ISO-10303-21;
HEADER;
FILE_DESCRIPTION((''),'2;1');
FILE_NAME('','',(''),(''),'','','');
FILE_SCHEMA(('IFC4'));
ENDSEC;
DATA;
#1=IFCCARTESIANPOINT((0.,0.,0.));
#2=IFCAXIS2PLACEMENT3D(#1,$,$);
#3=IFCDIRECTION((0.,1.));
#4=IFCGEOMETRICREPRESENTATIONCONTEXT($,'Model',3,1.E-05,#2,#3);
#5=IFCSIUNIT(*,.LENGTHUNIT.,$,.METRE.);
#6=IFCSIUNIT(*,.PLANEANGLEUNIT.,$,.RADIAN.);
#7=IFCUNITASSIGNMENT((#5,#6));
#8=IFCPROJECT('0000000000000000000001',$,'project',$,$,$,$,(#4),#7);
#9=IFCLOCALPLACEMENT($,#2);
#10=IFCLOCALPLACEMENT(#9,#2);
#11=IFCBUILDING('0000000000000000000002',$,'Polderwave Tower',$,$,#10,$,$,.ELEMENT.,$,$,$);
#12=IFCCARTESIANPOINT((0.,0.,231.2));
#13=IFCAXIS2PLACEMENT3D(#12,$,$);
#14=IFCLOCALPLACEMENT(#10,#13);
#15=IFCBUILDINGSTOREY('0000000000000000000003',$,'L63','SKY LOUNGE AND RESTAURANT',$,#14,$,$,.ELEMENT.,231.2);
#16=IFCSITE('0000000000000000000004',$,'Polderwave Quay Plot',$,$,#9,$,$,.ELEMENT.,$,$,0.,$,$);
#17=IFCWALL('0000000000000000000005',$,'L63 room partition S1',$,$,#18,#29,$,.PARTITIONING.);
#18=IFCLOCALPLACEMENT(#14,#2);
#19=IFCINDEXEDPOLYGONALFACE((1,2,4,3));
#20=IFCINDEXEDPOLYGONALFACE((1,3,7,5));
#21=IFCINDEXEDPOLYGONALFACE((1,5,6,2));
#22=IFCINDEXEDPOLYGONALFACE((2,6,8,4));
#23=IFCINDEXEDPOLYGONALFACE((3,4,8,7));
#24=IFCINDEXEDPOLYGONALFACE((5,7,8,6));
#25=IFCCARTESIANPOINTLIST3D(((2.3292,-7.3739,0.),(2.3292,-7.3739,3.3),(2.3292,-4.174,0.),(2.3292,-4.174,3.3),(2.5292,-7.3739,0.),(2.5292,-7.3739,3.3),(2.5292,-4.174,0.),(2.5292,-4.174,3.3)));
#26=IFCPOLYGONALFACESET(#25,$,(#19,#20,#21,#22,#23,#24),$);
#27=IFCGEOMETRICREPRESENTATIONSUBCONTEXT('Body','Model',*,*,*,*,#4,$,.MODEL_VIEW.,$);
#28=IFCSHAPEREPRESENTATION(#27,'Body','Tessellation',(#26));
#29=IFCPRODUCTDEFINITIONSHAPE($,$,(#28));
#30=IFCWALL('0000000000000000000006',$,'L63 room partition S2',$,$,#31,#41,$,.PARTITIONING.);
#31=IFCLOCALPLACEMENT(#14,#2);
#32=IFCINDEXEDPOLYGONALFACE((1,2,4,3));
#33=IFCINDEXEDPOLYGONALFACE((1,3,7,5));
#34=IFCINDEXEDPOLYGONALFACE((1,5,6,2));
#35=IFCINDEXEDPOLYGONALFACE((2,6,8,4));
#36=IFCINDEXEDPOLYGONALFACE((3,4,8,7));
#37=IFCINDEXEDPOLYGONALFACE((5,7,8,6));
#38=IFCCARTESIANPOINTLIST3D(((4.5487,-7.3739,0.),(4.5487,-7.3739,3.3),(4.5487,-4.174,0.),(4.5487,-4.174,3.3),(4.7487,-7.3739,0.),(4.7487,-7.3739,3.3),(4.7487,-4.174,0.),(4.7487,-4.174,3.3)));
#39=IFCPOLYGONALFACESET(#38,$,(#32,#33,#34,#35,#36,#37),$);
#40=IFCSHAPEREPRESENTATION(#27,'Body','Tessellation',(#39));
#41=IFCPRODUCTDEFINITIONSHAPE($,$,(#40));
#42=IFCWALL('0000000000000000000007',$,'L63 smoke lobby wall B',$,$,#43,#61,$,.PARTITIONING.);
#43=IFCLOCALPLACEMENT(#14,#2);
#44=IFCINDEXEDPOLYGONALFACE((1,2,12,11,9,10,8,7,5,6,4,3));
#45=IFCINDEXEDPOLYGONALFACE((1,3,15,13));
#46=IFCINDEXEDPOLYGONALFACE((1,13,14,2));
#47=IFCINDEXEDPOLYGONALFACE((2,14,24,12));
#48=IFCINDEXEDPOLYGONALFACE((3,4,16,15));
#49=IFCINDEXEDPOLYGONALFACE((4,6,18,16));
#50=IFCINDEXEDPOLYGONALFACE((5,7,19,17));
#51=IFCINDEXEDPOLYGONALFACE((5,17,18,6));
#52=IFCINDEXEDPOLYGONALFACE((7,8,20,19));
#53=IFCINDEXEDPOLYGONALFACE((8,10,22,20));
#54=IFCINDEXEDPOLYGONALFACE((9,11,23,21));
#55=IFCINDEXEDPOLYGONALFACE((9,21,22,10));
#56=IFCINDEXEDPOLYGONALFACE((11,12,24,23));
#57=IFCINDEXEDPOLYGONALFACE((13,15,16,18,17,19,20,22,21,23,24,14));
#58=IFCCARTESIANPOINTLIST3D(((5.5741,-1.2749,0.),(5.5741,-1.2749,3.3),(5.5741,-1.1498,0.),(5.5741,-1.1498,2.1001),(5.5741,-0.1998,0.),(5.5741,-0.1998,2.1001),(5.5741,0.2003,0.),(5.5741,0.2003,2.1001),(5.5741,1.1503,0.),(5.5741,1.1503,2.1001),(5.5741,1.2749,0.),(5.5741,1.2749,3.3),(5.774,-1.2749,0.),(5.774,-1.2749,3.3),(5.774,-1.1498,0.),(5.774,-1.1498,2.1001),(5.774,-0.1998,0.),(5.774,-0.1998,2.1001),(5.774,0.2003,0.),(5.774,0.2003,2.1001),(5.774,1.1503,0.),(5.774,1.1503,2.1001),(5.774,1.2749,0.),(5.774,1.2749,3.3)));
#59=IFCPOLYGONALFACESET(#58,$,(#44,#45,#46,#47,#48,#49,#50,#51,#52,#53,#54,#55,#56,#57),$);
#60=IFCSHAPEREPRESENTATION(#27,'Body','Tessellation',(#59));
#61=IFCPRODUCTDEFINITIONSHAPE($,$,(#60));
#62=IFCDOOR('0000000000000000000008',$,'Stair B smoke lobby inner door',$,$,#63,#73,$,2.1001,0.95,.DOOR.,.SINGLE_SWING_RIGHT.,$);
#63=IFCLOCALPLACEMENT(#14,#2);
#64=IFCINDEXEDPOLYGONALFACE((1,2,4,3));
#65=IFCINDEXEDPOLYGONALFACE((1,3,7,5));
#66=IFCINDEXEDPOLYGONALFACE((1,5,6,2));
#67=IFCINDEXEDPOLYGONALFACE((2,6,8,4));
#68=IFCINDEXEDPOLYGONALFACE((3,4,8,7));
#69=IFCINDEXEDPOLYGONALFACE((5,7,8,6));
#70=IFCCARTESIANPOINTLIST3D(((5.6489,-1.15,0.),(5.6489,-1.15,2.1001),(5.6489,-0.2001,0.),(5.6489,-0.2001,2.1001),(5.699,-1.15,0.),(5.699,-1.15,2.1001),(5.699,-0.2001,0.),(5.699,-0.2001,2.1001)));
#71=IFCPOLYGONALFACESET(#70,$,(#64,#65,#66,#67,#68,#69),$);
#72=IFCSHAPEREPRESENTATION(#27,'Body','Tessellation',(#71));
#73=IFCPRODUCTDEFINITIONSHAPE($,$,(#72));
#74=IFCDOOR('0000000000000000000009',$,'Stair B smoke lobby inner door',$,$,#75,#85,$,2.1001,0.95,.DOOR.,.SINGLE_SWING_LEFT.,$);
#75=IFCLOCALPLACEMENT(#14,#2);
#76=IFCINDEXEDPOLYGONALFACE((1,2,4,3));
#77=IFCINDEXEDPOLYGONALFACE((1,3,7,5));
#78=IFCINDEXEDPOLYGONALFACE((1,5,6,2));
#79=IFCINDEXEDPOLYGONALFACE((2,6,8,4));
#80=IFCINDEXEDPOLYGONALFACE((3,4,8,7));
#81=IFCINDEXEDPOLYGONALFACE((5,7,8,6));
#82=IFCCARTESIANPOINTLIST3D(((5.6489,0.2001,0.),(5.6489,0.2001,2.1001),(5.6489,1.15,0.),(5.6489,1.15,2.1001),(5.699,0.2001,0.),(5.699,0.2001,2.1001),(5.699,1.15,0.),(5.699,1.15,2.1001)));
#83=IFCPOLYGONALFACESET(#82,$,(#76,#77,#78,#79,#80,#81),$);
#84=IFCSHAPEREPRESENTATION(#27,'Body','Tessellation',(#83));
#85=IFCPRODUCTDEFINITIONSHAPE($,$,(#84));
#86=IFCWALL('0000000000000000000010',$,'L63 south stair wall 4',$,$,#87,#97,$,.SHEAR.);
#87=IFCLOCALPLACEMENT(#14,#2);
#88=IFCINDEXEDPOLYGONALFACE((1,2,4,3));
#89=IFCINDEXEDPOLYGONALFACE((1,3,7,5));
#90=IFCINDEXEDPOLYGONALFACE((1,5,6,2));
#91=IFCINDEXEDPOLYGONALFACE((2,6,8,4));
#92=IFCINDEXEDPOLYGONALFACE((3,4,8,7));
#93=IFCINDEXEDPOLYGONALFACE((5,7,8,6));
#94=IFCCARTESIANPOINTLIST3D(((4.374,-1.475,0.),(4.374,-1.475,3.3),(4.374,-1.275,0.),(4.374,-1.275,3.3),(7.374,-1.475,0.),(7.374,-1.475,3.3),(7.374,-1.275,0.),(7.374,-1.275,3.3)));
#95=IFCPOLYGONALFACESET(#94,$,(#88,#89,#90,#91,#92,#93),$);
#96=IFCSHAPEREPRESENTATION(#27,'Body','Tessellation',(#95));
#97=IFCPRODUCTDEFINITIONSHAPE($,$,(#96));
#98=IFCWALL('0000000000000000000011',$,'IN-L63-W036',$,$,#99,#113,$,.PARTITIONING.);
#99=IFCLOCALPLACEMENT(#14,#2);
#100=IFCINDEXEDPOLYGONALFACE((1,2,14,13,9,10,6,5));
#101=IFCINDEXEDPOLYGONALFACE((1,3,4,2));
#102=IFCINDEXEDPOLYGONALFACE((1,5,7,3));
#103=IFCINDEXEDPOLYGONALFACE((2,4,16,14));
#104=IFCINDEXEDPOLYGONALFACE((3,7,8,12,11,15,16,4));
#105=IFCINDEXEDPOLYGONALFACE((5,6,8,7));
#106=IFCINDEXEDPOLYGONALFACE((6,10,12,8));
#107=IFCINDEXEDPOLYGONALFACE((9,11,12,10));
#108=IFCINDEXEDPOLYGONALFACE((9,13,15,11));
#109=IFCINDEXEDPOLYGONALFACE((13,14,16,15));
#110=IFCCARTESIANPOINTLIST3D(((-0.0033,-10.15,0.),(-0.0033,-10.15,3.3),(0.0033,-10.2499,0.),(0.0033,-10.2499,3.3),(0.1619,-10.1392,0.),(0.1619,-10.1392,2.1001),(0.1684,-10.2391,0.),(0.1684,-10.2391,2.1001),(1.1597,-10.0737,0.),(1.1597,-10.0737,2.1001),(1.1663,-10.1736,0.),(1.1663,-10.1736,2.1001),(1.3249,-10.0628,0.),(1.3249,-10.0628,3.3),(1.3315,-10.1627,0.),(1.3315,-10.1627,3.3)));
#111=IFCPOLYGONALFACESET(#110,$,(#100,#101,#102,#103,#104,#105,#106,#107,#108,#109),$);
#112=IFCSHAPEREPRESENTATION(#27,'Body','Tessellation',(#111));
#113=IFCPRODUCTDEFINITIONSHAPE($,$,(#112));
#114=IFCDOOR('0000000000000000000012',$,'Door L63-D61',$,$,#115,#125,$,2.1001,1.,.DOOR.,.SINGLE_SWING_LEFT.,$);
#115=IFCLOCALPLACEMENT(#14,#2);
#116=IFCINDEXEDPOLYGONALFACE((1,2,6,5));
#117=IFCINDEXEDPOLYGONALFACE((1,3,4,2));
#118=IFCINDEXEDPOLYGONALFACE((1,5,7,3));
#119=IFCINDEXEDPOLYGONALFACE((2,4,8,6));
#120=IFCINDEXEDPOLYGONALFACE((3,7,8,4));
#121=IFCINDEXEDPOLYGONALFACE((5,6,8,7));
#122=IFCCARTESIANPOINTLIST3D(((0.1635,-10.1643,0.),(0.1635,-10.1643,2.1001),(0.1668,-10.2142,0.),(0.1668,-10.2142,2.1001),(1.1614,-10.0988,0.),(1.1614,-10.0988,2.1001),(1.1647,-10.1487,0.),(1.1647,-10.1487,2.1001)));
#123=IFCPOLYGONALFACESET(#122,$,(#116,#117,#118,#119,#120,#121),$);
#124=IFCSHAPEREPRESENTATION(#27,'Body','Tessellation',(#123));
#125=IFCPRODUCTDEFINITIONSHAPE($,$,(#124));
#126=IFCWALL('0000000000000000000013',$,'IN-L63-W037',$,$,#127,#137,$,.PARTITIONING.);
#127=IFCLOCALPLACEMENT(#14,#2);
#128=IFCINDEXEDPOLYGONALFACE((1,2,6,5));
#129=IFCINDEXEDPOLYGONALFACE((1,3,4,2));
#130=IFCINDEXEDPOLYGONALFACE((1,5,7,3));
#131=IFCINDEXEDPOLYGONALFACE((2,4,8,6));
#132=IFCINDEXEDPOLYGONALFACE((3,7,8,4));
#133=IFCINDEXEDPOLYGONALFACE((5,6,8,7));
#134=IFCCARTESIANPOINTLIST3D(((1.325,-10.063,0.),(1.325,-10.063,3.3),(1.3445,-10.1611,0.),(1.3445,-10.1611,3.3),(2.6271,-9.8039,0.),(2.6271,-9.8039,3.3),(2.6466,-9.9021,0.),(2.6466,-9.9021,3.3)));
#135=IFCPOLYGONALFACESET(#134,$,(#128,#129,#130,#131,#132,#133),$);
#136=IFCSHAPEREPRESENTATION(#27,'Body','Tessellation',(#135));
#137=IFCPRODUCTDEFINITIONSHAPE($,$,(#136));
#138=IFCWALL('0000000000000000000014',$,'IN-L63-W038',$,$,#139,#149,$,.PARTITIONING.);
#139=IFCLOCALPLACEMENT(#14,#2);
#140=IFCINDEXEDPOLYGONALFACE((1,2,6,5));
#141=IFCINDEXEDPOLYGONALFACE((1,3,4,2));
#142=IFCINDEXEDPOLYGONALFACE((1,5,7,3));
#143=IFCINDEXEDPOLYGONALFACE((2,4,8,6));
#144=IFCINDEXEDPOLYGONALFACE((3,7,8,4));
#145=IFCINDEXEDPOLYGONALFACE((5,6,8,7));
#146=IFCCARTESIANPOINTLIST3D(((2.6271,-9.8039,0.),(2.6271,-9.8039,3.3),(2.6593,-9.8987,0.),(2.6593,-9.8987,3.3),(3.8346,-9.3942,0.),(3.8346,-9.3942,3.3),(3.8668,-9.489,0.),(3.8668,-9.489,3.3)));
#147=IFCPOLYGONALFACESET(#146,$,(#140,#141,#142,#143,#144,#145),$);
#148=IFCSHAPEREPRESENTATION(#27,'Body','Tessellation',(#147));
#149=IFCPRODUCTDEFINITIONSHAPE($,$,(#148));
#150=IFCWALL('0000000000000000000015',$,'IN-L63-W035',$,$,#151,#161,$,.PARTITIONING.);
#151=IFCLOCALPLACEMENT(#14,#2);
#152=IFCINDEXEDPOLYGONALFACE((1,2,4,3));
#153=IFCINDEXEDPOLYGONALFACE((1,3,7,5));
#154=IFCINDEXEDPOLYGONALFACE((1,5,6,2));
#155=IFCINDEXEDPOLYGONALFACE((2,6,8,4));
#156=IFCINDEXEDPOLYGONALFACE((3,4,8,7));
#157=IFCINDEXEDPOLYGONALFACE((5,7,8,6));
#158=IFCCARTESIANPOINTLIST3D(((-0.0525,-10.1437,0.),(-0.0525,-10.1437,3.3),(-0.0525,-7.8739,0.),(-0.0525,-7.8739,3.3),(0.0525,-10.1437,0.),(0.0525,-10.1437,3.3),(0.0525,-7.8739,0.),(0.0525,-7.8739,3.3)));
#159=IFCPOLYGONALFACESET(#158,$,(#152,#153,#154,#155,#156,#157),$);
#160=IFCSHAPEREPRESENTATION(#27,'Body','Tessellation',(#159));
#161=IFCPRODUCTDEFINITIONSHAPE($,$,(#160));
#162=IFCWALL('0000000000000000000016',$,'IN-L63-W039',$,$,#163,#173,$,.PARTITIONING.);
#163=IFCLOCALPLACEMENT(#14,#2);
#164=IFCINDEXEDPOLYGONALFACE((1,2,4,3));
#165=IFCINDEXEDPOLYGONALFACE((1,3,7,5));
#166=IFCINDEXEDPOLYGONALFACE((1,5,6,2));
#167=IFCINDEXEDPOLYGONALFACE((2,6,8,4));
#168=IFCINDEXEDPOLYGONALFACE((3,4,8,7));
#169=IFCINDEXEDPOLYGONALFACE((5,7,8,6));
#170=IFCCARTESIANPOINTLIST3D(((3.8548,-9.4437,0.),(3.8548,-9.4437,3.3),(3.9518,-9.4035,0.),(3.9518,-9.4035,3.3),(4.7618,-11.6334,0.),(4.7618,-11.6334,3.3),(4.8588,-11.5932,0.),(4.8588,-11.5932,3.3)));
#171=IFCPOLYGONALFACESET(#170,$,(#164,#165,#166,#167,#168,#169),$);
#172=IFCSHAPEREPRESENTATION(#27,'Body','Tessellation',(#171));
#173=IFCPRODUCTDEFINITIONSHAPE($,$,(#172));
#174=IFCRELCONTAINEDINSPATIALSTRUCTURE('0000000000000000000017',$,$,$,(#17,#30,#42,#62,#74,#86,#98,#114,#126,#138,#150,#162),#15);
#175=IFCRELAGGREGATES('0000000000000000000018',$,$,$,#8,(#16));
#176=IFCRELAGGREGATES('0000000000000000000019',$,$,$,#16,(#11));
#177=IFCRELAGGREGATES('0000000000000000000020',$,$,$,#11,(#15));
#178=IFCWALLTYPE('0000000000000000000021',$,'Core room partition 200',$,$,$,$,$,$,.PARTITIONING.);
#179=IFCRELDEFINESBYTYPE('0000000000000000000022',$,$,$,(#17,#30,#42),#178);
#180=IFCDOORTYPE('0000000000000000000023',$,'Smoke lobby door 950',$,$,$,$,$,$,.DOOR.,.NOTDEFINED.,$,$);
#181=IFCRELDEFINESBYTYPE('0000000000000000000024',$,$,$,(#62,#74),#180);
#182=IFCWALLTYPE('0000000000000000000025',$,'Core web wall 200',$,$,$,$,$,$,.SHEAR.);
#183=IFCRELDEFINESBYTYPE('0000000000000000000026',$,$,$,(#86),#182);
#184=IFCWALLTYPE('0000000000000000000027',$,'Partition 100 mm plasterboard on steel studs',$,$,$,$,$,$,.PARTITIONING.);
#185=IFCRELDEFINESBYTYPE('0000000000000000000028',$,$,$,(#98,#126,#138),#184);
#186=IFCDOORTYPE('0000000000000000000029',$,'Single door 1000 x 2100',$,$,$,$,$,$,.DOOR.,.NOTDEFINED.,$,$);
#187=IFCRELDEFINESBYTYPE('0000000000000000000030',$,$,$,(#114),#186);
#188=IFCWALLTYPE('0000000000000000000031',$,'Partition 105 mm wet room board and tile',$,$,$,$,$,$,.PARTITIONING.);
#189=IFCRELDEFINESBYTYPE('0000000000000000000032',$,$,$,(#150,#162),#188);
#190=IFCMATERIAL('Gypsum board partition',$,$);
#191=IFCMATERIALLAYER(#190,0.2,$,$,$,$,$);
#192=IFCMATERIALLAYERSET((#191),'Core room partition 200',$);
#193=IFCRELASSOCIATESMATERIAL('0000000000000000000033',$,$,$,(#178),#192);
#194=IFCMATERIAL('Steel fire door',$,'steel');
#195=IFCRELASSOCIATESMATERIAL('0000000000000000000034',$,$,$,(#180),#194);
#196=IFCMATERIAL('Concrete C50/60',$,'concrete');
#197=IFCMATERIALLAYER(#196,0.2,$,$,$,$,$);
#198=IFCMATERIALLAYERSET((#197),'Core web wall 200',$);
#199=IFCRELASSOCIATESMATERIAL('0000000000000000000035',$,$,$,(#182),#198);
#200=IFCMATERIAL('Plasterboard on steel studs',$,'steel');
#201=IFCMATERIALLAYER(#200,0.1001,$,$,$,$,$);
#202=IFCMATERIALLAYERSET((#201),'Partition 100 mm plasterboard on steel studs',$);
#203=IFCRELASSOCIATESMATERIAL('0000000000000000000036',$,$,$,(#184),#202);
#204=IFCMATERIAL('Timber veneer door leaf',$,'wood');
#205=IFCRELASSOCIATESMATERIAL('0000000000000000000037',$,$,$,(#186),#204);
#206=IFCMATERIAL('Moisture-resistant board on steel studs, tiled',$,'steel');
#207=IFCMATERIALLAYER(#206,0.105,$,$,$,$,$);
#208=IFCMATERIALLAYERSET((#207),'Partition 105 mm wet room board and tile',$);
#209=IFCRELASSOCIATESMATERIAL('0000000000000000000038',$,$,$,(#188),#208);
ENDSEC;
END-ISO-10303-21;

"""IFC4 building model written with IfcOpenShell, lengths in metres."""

from ifc_helpers import new_model, si_unit, direction, frame, frame_2d, origin, place, context, subcontext, project, spatial, rectangle, extrude, material, layer, layer_set, type_object, element, fill, save


model = new_model("IFC4")

# Units and contexts
model_context = context("Model", 3, precision=1e-05, world=origin(), true_north=direction((0.0, 1.0)))
body_context = subcontext(model_context, "Body", "Model", "MODEL_VIEW")
ifc_project = project(units=[si_unit("LENGTHUNIT", "METRE"), si_unit("PLANEANGLEUNIT", "RADIAN")], contexts=[model_context])

# Site, building, storey
site_placement = place(None, origin())
site = spatial("IfcSite", under=ifc_project, at=site_placement, Name="Polderwave Quay Plot", CompositionType="ELEMENT", RefElevation=0.0)
building_placement = place(site_placement, origin())
building = spatial("IfcBuilding", under=site, at=building_placement, Name="Polderwave Tower", CompositionType="ELEMENT")
storey_placement = place(building_placement, frame((0.0, 0.0, 231.2)))
storey = spatial("IfcBuildingStorey", under=building, at=storey_placement, Name="L63", Description="SKY LOUNGE AND RESTAURANT", CompositionType="ELEMENT", Elevation=231.2)

# Walls
ifc_material_1 = material(Name="Gypsum board partition")
ifc_layer_1 = layer(ifc_material_1, 0.2)
ifc_layer_set_1 = layer_set([ifc_layer_1], Name="Core room partition 200")
wall_type_1 = type_object("IfcWallType", Name="Core room partition 200", PredefinedType="PARTITIONING", material=ifc_layer_set_1)
for number, where, z_axis, x_axis, name in (
    (1, (2.4292, -7.374, 0.0), (0.0, 0.0, 1.0), (0.0, 1.0, 0.0), "L63 room partition S1"),
    (2, (4.6487, -7.374, 0.0), (0.0, 0.0, 1.0), (0.0, 1.0, 0.0), "L63 room partition S2"),
):
    element("IfcWall", number, at=place(storey_placement, frame(where, z_axis=z_axis, x_axis=x_axis)), inside=storey, type_object=wall_type_1, Name=name, PredefinedType="PARTITIONING", context=body_context, shape_type="SweptSolid", body=[
        extrude(rectangle(XDim=3.2, YDim=0.2, at=frame_2d((1.6001, 0.0))), origin(), (0.0, 0.0, 1.0), 3.3),
    ])

# Wall, openings, doors
wall_1_placement = place(storey_placement, frame((5.6741, -1.2749, 0.0), z_axis=(0.0, 0.0, 1.0), x_axis=(0.0, 1.0, 0.0)))
wall_1 = element("IfcWall", 3, at=wall_1_placement, inside=storey, type_object=wall_type_1, Name="L63 smoke lobby wall B", PredefinedType="PARTITIONING", context=body_context, shape_type="SweptSolid", body=[
    extrude(rectangle(XDim=2.5498, YDim=0.2, at=frame_2d((1.2749, 0.0))), origin(), (0.0, 0.0, 1.0), 3.3),
])
opening_1_placement = place(wall_1_placement, frame((0.125, 0.0, 0.0)))
opening_1 = element("IfcOpeningElement", 4, at=opening_1_placement, cuts=wall_1, PredefinedType="OPENING", context=body_context, shape_type="SweptSolid", body=[
    extrude(rectangle(XDim=0.95, YDim=2.1001, at=frame_2d((0.4751, 1.05))), frame((0.0, 0.1099, 0.0), z_axis=(0.0, -1.0, 0.0), x_axis=(1.0, 0.0, 0.0)), (0.0, 0.0, 1.0), 0.22),
])
opening_2_placement = place(wall_1_placement, frame((1.4751, 0.0, 0.0)))
opening_2 = element("IfcOpeningElement", 5, at=opening_2_placement, cuts=wall_1, PredefinedType="OPENING", context=body_context, shape_type="SweptSolid", body=[
    extrude(rectangle(XDim=0.95, YDim=2.1001, at=frame_2d((0.4751, 1.05))), frame((0.0, 0.1099, 0.0), z_axis=(0.0, -1.0, 0.0), x_axis=(1.0, 0.0, 0.0)), (0.0, 0.0, 1.0), 0.22),
])
ifc_material_2 = material(Name="Steel fire door", Category="steel")
door_type_1 = type_object("IfcDoorType", Name="Smoke lobby door 950", OperationType="NOTDEFINED", PredefinedType="DOOR", material=ifc_material_2)
door_1_placement = place(opening_1_placement, frame((0.95, 0.0, 0.0), z_axis=(0.0, 0.0, 1.0), x_axis=(-1.0, 0.0, 0.0)))
door_1 = element("IfcDoor", 6, at=door_1_placement, inside=storey, type_object=door_type_1, Name="Stair B smoke lobby inner door", OperationType="SINGLE_SWING_RIGHT", OverallHeight=2.1001, OverallWidth=0.95, PredefinedType="DOOR", context=body_context, shape_type="SweptSolid", body=[
    extrude(rectangle(XDim=0.95, YDim=2.1001, at=frame_2d((0.4751, 1.05))), frame((0.0, 0.0249, 0.0), z_axis=(0.0, -1.0, 0.0), x_axis=(1.0, 0.0, 0.0)), (0.0, 0.0, 1.0), 0.05),
])
fill(opening_1, door_1)
door_2_placement = place(opening_2_placement, frame((0.95, 0.0, 0.0), z_axis=(0.0, 0.0, 1.0), x_axis=(-1.0, 0.0, 0.0)))
door_2 = element("IfcDoor", 7, at=door_2_placement, inside=storey, type_object=door_type_1, Name="Stair B smoke lobby inner door", OperationType="SINGLE_SWING_LEFT", OverallHeight=2.1001, OverallWidth=0.95, PredefinedType="DOOR", context=body_context, shape_type="SweptSolid", body=[
    extrude(rectangle(XDim=0.95, YDim=2.1001, at=frame_2d((0.4751, 1.05))), frame((0.0, 0.0249, 0.0), z_axis=(0.0, -1.0, 0.0), x_axis=(1.0, 0.0, 0.0)), (0.0, 0.0, 1.0), 0.05),
])
fill(opening_2, door_2)

# Wall
ifc_material_3 = material(Name="Concrete C50/60", Category="concrete")
ifc_layer_2 = layer(ifc_material_3, 0.2)
ifc_layer_set_2 = layer_set([ifc_layer_2], Name="Core web wall 200")
wall_type_2 = type_object("IfcWallType", Name="Core web wall 200", PredefinedType="SHEAR", material=ifc_layer_set_2)
wall_2_placement = place(storey_placement, frame((4.374, -1.375, 0.0), z_axis=(0.0, 0.0, 1.0), x_axis=(1.0, 0.0, 0.0)))
element("IfcWall", 8, at=wall_2_placement, inside=storey, type_object=wall_type_2, Name="L63 south stair wall 4", PredefinedType="SHEAR", context=body_context, shape_type="SweptSolid", body=[
    extrude(rectangle(XDim=3.0, YDim=0.2, at=frame_2d((1.5, 0.0))), origin(), (0.0, 0.0, 1.0), 3.3),
])

# Wall, opening, door
ifc_material_4 = material(Name="Plasterboard on steel studs", Category="steel")
ifc_layer_3 = layer(ifc_material_4, 0.1001)
ifc_layer_set_3 = layer_set([ifc_layer_3], Name="Partition 100 mm plasterboard on steel studs")
wall_type_3 = type_object("IfcWallType", Name="Partition 100 mm plasterboard on steel studs", PredefinedType="PARTITIONING", material=ifc_layer_set_3)
wall_3_placement = place(storey_placement, frame((0.0, -10.2, 0.0), z_axis=(0.0, 0.0, 1.0), x_axis=(0.997854, 0.065484, 0.0)))
wall_3 = element("IfcWall", 9, at=wall_3_placement, inside=storey, type_object=wall_type_3, Name="IN-L63-W036", PredefinedType="PARTITIONING", context=body_context, shape_type="SweptSolid", body=[
    extrude(rectangle(XDim=1.3311, YDim=0.1001, at=frame_2d((0.6655, 0.0))), origin(), (0.0, 0.0, 1.0), 3.3),
])
opening_3_placement = place(wall_3_placement, frame((0.1655, 0.0, 0.0)))
opening_3 = element("IfcOpeningElement", 10, at=opening_3_placement, cuts=wall_3, PredefinedType="OPENING", context=body_context, shape_type="SweptSolid", body=[
    extrude(rectangle(XDim=1.0, YDim=2.1001, at=frame_2d((0.5, 1.05))), frame((0.0, 0.0601, 0.0), z_axis=(0.0, -1.0, 0.0), x_axis=(1.0, 0.0, 0.0)), (0.0, 0.0, 1.0), 0.1201),
])
ifc_material_5 = material(Name="Timber veneer door leaf", Category="wood")
door_type_2 = type_object("IfcDoorType", Name="Single door 1000 x 2100", OperationType="NOTDEFINED", PredefinedType="DOOR", material=ifc_material_5)
door_3_placement = place(opening_3_placement, origin())
door_3 = element("IfcDoor", 11, at=door_3_placement, inside=storey, type_object=door_type_2, Name="Door L63-D61", OperationType="SINGLE_SWING_LEFT", OverallHeight=2.1001, OverallWidth=1.0, PredefinedType="DOOR", context=body_context, shape_type="SweptSolid", body=[
    extrude(rectangle(XDim=1.0, YDim=2.1001, at=frame_2d((0.5, 1.05))), frame((0.0, 0.0249, 0.0), z_axis=(0.0, -1.0, 0.0), x_axis=(1.0, 0.0, 0.0)), (0.0, 0.0, 1.0), 0.05),
])
fill(opening_3, door_3)

# Walls
wall_4_placement = place(storey_placement, frame((1.3347, -10.1121, 0.0), z_axis=(0.0, 0.0, 1.0), x_axis=(0.980778, 0.195126, 0.0)))
element("IfcWall", 12, at=wall_4_placement, inside=storey, type_object=wall_type_3, Name="IN-L63-W037", PredefinedType="PARTITIONING", context=body_context, shape_type="SweptSolid", body=[
    extrude(rectangle(XDim=1.3276, YDim=0.1001, at=frame_2d((0.6638, 0.0))), origin(), (0.0, 0.0, 1.0), 3.3),
])
wall_5_placement = place(storey_placement, frame((2.6431, -9.8513, 0.0), z_axis=(0.0, 0.0, 1.0), x_axis=(0.946985, 0.321278, 0.0)))
element("IfcWall", 13, at=wall_5_placement, inside=storey, type_object=wall_type_3, Name="IN-L63-W038", PredefinedType="PARTITIONING", context=body_context, shape_type="SweptSolid", body=[
    extrude(rectangle(XDim=1.2751, YDim=0.1001, at=frame_2d((0.6377, 0.0))), origin(), (0.0, 0.0, 1.0), 3.3),
])
ifc_material_6 = material(Name="Moisture-resistant board on steel studs, tiled", Category="steel")
ifc_layer_4 = layer(ifc_material_6, 0.105)
ifc_layer_set_4 = layer_set([ifc_layer_4], Name="Partition 105 mm wet room board and tile")
wall_type_4 = type_object("IfcWallType", Name="Partition 105 mm wet room board and tile", PredefinedType="PARTITIONING", material=ifc_layer_set_4)
wall_6_placement = place(storey_placement, frame((0.0, -7.874, 0.0), z_axis=(0.0, 0.0, 1.0), x_axis=(0.0, -1.0, 0.0)))
element("IfcWall", 14, at=wall_6_placement, inside=storey, type_object=wall_type_4, Name="IN-L63-W035", PredefinedType="PARTITIONING", context=body_context, shape_type="SweptSolid", body=[
    extrude(rectangle(XDim=2.2698, YDim=0.105, at=frame_2d((1.1348, 0.0))), origin(), (0.0, 0.0, 1.0), 3.3),
])
wall_7_placement = place(storey_placement, frame((3.9033, -9.4236, 0.0), z_axis=(0.0, 0.0, 1.0), x_axis=(0.382676, -0.923882, 0.0)))
element("IfcWall", 15, at=wall_7_placement, inside=storey, type_object=wall_type_4, Name="IN-L63-W039", PredefinedType="PARTITIONING", context=body_context, shape_type="SweptSolid", body=[
    extrude(rectangle(XDim=2.3701, YDim=0.105, at=frame_2d((1.1851, 0.0))), origin(), (0.0, 0.0, 1.0), 3.3),
])

save(model, "model.ifc")
